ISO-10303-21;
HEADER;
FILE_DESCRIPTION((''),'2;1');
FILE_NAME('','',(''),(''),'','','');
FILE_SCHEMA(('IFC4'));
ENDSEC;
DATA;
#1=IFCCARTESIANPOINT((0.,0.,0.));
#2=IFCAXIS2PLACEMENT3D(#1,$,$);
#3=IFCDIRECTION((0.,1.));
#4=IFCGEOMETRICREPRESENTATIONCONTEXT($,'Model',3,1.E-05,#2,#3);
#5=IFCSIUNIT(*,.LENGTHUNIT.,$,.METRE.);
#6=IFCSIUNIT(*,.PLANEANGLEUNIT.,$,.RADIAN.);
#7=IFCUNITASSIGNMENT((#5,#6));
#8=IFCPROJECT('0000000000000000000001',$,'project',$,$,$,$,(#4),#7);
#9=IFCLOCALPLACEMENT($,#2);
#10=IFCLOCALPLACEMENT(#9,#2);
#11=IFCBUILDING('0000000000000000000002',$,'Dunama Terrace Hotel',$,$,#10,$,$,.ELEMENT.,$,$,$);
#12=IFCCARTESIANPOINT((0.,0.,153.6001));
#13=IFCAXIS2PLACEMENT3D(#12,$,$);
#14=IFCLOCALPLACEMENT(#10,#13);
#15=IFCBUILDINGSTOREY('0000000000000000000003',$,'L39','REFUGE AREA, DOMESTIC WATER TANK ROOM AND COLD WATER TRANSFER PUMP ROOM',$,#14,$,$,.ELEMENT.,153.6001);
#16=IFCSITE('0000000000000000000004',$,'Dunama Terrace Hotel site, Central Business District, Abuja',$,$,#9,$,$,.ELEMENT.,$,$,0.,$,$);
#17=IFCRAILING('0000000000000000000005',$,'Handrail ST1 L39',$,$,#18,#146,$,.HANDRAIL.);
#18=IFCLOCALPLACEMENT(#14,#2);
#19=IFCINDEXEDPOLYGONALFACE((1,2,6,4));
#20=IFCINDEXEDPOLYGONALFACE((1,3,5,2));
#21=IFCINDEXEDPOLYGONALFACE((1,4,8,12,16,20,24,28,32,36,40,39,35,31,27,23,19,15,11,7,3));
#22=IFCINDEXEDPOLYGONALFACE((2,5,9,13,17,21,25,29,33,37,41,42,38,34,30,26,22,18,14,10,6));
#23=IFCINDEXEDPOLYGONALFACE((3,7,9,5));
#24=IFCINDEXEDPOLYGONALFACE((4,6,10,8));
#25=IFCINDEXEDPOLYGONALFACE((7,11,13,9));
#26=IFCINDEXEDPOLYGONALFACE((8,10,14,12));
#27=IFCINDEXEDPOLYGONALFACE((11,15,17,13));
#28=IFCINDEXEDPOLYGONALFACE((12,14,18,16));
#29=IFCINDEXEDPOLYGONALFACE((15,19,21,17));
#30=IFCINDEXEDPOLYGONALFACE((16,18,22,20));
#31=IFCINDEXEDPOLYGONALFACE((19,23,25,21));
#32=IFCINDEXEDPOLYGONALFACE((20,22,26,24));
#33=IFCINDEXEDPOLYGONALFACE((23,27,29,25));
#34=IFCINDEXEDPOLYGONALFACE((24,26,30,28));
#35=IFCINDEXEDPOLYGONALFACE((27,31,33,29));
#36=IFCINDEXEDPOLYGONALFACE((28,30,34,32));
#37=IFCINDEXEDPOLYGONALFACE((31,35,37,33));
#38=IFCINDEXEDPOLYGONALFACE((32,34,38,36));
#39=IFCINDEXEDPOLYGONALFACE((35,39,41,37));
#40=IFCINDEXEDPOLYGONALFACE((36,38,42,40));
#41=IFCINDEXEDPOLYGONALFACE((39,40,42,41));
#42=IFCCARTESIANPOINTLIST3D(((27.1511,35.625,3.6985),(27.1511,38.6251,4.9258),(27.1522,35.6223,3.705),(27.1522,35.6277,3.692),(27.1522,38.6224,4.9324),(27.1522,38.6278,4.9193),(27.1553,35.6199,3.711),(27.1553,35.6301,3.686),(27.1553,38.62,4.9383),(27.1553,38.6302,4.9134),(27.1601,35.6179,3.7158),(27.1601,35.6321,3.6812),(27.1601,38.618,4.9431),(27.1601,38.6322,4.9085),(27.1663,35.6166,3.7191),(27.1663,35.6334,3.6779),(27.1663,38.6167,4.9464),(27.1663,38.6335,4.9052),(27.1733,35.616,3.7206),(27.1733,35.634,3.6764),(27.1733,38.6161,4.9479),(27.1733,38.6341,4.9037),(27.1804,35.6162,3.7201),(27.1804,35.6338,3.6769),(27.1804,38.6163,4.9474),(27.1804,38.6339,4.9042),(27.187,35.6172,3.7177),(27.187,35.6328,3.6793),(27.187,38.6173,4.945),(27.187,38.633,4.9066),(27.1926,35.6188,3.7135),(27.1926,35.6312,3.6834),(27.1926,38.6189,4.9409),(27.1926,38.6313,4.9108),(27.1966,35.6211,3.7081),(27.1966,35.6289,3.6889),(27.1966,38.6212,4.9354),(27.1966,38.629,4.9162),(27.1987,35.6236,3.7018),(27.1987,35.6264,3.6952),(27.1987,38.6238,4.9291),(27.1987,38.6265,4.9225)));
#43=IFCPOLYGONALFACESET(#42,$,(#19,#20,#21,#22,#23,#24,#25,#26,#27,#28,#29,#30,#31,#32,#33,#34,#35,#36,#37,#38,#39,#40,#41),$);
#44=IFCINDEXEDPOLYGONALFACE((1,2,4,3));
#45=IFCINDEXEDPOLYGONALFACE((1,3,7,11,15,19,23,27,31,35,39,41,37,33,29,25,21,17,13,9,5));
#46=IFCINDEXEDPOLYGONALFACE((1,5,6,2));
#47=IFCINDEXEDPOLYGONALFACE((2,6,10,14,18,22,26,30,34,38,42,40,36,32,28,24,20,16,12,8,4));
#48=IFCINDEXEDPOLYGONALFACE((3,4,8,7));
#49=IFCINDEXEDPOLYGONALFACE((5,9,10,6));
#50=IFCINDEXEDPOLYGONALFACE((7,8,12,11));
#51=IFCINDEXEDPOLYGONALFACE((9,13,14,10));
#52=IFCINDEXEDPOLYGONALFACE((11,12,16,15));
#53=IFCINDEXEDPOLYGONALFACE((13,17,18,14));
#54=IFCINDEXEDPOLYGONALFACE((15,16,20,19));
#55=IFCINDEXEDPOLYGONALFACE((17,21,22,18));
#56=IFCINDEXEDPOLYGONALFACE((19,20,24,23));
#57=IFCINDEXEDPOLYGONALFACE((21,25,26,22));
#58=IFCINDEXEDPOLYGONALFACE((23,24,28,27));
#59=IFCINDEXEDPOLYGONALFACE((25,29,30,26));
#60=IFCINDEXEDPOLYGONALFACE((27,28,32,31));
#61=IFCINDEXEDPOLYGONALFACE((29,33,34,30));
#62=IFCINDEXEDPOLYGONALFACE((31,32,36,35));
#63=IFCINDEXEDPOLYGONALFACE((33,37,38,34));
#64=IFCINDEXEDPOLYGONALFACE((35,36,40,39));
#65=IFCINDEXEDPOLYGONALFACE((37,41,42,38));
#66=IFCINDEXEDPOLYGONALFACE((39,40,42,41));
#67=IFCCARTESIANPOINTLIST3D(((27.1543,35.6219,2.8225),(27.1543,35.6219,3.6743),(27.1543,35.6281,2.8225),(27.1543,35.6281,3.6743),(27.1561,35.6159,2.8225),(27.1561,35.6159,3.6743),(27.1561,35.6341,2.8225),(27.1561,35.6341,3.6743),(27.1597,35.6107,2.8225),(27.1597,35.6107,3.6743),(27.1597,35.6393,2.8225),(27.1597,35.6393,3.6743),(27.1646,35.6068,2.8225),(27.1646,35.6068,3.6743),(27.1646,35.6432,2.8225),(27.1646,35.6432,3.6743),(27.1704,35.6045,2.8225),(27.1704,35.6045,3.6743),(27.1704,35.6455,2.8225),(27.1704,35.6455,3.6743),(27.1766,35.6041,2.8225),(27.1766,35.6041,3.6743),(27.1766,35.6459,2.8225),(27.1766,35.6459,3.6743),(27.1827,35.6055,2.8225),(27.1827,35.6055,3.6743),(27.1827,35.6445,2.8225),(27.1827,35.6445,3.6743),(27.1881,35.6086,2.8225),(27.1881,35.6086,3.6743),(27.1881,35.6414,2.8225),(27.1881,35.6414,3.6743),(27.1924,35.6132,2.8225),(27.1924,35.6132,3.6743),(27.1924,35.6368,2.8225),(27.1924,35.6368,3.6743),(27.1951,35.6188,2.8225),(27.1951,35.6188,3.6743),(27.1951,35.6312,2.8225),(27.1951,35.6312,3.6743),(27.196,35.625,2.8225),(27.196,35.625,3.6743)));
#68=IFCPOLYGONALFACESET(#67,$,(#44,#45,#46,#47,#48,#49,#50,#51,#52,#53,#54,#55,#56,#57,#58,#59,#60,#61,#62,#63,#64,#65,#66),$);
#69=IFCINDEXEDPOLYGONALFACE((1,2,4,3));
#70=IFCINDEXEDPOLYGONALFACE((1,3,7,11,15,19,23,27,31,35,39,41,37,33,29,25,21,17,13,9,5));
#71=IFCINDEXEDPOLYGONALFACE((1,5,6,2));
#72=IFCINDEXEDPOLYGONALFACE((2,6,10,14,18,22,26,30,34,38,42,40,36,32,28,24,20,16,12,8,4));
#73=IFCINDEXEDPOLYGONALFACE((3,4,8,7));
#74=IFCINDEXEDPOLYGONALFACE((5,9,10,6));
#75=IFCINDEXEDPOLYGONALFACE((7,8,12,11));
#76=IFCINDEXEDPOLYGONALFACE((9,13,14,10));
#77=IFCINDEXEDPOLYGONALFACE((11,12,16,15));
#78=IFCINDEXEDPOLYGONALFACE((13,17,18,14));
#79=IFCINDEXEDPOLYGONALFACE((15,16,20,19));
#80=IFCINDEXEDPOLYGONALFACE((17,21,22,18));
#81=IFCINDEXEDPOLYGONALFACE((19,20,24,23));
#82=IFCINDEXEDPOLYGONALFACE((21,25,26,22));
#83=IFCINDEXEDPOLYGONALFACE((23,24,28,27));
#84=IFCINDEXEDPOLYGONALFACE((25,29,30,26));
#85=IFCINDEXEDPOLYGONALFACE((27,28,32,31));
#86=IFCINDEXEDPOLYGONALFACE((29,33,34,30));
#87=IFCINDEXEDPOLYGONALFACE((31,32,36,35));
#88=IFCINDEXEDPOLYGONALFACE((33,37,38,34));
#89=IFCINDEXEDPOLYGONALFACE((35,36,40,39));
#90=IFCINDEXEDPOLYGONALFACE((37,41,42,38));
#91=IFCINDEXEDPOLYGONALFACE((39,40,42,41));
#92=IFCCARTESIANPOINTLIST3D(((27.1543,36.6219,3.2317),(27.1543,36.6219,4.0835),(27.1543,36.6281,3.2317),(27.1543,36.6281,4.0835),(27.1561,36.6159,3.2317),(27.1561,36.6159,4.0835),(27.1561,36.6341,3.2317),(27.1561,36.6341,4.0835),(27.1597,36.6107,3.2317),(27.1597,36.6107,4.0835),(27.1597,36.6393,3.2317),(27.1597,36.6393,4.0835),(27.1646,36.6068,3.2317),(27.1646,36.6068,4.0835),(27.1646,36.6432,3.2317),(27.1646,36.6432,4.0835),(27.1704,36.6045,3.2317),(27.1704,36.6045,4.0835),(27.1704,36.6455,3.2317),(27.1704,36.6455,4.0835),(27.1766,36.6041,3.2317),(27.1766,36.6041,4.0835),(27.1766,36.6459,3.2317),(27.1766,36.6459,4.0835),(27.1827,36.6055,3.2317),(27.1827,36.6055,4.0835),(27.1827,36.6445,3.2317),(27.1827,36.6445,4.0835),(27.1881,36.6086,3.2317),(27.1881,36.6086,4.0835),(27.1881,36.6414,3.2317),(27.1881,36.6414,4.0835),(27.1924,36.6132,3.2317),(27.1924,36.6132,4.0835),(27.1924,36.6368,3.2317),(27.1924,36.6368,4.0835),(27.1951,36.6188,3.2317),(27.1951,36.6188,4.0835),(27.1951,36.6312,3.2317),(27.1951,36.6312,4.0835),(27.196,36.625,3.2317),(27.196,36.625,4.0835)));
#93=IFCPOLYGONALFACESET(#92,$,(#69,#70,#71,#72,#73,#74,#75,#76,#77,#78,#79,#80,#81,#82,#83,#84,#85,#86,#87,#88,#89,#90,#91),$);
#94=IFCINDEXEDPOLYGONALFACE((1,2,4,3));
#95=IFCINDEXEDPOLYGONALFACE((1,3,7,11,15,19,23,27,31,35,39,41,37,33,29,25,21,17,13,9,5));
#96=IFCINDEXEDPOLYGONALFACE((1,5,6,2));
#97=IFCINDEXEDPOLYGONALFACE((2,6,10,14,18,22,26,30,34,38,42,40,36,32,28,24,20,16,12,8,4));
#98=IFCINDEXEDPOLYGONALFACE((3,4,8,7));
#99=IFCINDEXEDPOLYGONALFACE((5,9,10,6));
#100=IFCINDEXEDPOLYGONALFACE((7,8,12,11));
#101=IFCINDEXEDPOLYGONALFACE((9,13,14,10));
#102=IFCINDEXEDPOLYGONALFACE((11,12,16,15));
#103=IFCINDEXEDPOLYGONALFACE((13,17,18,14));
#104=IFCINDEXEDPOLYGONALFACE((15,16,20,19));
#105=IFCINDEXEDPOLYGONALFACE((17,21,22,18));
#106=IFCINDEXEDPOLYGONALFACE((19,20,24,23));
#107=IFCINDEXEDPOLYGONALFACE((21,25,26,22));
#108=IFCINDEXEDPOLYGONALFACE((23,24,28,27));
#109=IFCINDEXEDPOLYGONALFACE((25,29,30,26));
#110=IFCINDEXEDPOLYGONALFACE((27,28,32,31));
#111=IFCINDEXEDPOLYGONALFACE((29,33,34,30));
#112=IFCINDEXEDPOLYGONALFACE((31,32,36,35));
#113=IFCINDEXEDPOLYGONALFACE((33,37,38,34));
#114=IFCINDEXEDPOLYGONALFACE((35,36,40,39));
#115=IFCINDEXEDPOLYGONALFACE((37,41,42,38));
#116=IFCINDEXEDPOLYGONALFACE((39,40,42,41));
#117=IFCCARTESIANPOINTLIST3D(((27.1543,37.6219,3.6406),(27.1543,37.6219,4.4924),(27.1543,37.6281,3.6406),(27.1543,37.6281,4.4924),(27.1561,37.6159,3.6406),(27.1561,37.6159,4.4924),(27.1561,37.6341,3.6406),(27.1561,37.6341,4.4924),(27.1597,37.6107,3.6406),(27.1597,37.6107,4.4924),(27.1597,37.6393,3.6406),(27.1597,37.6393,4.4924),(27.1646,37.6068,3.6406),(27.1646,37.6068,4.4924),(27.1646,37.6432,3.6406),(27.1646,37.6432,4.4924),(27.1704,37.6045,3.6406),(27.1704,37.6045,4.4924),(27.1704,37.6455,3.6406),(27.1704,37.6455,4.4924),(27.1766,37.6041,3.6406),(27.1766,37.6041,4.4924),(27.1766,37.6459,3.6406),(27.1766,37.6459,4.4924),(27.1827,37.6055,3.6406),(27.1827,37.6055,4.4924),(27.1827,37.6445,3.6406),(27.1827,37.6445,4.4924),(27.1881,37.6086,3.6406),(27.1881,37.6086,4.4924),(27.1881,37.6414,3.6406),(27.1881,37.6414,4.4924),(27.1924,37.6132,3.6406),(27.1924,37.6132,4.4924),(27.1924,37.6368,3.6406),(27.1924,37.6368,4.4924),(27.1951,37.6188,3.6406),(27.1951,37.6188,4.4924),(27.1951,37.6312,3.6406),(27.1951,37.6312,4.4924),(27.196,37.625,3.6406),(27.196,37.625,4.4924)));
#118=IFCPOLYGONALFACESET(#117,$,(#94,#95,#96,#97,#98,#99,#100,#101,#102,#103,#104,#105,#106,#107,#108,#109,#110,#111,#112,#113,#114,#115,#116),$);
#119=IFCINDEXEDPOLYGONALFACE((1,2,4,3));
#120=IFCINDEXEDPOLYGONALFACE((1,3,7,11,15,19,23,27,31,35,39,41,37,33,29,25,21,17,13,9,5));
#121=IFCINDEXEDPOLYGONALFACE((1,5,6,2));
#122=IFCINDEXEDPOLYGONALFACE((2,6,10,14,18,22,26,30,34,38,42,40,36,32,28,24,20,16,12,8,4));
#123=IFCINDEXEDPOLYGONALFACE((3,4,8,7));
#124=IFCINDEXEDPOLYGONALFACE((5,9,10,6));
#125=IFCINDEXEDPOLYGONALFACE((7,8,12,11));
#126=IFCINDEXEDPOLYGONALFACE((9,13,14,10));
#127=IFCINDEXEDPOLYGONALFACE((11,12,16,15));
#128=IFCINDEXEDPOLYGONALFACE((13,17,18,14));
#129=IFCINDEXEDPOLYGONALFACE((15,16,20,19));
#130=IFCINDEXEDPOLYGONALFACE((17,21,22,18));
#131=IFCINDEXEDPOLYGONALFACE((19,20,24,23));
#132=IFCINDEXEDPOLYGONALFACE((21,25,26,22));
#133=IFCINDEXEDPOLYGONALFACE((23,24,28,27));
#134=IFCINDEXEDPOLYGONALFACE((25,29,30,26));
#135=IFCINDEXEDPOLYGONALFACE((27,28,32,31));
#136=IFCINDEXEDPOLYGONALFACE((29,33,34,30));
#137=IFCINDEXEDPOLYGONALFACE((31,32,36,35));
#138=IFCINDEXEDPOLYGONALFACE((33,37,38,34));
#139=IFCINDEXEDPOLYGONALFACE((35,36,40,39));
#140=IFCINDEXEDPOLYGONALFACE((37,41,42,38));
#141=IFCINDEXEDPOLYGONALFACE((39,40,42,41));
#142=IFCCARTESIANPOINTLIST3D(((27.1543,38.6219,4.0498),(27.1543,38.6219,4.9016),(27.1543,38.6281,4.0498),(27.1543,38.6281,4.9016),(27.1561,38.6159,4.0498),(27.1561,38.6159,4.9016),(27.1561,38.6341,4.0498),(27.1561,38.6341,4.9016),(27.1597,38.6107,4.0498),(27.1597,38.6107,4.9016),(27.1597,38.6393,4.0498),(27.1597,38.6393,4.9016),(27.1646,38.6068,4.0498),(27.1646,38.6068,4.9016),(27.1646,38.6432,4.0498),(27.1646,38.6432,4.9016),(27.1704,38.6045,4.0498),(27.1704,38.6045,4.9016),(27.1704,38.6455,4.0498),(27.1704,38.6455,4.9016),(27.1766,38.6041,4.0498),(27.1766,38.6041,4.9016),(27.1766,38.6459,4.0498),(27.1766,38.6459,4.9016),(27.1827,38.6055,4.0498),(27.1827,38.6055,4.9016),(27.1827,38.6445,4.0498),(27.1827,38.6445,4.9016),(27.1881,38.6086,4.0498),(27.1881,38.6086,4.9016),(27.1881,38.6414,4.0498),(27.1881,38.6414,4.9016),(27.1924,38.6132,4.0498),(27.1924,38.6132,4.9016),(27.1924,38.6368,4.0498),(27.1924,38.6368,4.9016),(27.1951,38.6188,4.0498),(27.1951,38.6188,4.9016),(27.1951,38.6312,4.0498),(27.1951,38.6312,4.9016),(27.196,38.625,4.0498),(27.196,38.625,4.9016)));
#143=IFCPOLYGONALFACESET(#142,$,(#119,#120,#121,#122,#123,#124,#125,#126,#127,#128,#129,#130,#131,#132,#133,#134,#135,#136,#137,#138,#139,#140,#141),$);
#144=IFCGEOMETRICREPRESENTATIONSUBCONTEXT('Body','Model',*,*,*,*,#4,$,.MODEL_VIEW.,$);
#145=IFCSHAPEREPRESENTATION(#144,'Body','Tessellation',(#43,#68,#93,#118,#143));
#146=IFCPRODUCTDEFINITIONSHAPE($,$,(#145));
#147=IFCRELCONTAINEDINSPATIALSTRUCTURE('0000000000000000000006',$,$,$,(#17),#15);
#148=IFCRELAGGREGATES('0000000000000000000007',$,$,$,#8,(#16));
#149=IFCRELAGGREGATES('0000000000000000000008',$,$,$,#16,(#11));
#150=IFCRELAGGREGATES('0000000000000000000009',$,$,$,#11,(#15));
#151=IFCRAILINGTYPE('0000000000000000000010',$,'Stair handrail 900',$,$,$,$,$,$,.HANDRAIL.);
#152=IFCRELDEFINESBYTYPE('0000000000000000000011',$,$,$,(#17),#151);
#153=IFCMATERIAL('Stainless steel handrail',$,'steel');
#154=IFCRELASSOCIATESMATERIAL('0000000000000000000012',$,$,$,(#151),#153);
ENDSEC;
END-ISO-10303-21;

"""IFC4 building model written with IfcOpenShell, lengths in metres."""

from ifc_helpers import new_model, si_unit, direction, frame, origin, origin_2d, place, context, subcontext, project, spatial, circle, extrude, material, type_object, element, save


model = new_model("IFC4")

# Units and contexts
model_context = context("Model", 3, precision=1e-05, world=origin(), true_north=direction((0.0, 1.0)))
body_context = subcontext(model_context, "Body", "Model", "MODEL_VIEW")
ifc_project = project(units=[si_unit("LENGTHUNIT", "METRE"), si_unit("PLANEANGLEUNIT", "RADIAN")], contexts=[model_context])

# Site, building, storey
site_placement = place(None, origin())
site = spatial("IfcSite", under=ifc_project, at=site_placement, Name="Dunama Terrace Hotel site, Central Business District, Abuja", CompositionType="ELEMENT", RefElevation=0.0)
building_placement = place(site_placement, origin())
building = spatial("IfcBuilding", under=site, at=building_placement, Name="Dunama Terrace Hotel", CompositionType="ELEMENT")
storey_placement = place(building_placement, frame((0.0, 0.0, 153.6001)))
storey = spatial("IfcBuildingStorey", under=building, at=storey_placement, Name="L39", Description="REFUGE AREA, DOMESTIC WATER TANK ROOM AND COLD WATER TRANSFER PUMP ROOM", CompositionType="ELEMENT", Elevation=153.6001)

# Railing
ifc_material_1 = material(Name="Stainless steel handrail", Category="steel")
railing_type = type_object("IfcRailingType", Name="Stair handrail 900", PredefinedType="HANDRAIL", material=ifc_material_1)
railing_1_placement = place(storey_placement, frame((27.175, 35.625, 2.8225)))
element("IfcRailing", 1, at=railing_1_placement, inside=storey, type_object=railing_type, Name="Handrail ST1 L39", PredefinedType="HANDRAIL", context=body_context, shape_type="SweptSolid", body=[
    extrude(circle(Radius=0.0239, at=origin_2d()), frame((0.0, 0.0, 0.876), z_axis=(0.0, 0.925545, 0.378639), x_axis=(-1.0, 0.0, 0.0)), (0.0, 0.0, 1.0), 3.2415),
    extrude(circle(Radius=0.021, at=origin_2d()), origin(), (0.0, 0.0, 1.0), 0.8518),
    extrude(circle(Radius=0.021, at=origin_2d()), frame((0.0, 1.0, 0.4092)), (0.0, 0.0, 1.0), 0.8518),
    extrude(circle(Radius=0.021, at=origin_2d()), frame((0.0, 2.0, 0.8181)), (0.0, 0.0, 1.0), 0.8518),
    extrude(circle(Radius=0.021, at=origin_2d()), frame((0.0, 3.0, 1.2273)), (0.0, 0.0, 1.0), 0.8518),
])

save(model, "model.ifc")
